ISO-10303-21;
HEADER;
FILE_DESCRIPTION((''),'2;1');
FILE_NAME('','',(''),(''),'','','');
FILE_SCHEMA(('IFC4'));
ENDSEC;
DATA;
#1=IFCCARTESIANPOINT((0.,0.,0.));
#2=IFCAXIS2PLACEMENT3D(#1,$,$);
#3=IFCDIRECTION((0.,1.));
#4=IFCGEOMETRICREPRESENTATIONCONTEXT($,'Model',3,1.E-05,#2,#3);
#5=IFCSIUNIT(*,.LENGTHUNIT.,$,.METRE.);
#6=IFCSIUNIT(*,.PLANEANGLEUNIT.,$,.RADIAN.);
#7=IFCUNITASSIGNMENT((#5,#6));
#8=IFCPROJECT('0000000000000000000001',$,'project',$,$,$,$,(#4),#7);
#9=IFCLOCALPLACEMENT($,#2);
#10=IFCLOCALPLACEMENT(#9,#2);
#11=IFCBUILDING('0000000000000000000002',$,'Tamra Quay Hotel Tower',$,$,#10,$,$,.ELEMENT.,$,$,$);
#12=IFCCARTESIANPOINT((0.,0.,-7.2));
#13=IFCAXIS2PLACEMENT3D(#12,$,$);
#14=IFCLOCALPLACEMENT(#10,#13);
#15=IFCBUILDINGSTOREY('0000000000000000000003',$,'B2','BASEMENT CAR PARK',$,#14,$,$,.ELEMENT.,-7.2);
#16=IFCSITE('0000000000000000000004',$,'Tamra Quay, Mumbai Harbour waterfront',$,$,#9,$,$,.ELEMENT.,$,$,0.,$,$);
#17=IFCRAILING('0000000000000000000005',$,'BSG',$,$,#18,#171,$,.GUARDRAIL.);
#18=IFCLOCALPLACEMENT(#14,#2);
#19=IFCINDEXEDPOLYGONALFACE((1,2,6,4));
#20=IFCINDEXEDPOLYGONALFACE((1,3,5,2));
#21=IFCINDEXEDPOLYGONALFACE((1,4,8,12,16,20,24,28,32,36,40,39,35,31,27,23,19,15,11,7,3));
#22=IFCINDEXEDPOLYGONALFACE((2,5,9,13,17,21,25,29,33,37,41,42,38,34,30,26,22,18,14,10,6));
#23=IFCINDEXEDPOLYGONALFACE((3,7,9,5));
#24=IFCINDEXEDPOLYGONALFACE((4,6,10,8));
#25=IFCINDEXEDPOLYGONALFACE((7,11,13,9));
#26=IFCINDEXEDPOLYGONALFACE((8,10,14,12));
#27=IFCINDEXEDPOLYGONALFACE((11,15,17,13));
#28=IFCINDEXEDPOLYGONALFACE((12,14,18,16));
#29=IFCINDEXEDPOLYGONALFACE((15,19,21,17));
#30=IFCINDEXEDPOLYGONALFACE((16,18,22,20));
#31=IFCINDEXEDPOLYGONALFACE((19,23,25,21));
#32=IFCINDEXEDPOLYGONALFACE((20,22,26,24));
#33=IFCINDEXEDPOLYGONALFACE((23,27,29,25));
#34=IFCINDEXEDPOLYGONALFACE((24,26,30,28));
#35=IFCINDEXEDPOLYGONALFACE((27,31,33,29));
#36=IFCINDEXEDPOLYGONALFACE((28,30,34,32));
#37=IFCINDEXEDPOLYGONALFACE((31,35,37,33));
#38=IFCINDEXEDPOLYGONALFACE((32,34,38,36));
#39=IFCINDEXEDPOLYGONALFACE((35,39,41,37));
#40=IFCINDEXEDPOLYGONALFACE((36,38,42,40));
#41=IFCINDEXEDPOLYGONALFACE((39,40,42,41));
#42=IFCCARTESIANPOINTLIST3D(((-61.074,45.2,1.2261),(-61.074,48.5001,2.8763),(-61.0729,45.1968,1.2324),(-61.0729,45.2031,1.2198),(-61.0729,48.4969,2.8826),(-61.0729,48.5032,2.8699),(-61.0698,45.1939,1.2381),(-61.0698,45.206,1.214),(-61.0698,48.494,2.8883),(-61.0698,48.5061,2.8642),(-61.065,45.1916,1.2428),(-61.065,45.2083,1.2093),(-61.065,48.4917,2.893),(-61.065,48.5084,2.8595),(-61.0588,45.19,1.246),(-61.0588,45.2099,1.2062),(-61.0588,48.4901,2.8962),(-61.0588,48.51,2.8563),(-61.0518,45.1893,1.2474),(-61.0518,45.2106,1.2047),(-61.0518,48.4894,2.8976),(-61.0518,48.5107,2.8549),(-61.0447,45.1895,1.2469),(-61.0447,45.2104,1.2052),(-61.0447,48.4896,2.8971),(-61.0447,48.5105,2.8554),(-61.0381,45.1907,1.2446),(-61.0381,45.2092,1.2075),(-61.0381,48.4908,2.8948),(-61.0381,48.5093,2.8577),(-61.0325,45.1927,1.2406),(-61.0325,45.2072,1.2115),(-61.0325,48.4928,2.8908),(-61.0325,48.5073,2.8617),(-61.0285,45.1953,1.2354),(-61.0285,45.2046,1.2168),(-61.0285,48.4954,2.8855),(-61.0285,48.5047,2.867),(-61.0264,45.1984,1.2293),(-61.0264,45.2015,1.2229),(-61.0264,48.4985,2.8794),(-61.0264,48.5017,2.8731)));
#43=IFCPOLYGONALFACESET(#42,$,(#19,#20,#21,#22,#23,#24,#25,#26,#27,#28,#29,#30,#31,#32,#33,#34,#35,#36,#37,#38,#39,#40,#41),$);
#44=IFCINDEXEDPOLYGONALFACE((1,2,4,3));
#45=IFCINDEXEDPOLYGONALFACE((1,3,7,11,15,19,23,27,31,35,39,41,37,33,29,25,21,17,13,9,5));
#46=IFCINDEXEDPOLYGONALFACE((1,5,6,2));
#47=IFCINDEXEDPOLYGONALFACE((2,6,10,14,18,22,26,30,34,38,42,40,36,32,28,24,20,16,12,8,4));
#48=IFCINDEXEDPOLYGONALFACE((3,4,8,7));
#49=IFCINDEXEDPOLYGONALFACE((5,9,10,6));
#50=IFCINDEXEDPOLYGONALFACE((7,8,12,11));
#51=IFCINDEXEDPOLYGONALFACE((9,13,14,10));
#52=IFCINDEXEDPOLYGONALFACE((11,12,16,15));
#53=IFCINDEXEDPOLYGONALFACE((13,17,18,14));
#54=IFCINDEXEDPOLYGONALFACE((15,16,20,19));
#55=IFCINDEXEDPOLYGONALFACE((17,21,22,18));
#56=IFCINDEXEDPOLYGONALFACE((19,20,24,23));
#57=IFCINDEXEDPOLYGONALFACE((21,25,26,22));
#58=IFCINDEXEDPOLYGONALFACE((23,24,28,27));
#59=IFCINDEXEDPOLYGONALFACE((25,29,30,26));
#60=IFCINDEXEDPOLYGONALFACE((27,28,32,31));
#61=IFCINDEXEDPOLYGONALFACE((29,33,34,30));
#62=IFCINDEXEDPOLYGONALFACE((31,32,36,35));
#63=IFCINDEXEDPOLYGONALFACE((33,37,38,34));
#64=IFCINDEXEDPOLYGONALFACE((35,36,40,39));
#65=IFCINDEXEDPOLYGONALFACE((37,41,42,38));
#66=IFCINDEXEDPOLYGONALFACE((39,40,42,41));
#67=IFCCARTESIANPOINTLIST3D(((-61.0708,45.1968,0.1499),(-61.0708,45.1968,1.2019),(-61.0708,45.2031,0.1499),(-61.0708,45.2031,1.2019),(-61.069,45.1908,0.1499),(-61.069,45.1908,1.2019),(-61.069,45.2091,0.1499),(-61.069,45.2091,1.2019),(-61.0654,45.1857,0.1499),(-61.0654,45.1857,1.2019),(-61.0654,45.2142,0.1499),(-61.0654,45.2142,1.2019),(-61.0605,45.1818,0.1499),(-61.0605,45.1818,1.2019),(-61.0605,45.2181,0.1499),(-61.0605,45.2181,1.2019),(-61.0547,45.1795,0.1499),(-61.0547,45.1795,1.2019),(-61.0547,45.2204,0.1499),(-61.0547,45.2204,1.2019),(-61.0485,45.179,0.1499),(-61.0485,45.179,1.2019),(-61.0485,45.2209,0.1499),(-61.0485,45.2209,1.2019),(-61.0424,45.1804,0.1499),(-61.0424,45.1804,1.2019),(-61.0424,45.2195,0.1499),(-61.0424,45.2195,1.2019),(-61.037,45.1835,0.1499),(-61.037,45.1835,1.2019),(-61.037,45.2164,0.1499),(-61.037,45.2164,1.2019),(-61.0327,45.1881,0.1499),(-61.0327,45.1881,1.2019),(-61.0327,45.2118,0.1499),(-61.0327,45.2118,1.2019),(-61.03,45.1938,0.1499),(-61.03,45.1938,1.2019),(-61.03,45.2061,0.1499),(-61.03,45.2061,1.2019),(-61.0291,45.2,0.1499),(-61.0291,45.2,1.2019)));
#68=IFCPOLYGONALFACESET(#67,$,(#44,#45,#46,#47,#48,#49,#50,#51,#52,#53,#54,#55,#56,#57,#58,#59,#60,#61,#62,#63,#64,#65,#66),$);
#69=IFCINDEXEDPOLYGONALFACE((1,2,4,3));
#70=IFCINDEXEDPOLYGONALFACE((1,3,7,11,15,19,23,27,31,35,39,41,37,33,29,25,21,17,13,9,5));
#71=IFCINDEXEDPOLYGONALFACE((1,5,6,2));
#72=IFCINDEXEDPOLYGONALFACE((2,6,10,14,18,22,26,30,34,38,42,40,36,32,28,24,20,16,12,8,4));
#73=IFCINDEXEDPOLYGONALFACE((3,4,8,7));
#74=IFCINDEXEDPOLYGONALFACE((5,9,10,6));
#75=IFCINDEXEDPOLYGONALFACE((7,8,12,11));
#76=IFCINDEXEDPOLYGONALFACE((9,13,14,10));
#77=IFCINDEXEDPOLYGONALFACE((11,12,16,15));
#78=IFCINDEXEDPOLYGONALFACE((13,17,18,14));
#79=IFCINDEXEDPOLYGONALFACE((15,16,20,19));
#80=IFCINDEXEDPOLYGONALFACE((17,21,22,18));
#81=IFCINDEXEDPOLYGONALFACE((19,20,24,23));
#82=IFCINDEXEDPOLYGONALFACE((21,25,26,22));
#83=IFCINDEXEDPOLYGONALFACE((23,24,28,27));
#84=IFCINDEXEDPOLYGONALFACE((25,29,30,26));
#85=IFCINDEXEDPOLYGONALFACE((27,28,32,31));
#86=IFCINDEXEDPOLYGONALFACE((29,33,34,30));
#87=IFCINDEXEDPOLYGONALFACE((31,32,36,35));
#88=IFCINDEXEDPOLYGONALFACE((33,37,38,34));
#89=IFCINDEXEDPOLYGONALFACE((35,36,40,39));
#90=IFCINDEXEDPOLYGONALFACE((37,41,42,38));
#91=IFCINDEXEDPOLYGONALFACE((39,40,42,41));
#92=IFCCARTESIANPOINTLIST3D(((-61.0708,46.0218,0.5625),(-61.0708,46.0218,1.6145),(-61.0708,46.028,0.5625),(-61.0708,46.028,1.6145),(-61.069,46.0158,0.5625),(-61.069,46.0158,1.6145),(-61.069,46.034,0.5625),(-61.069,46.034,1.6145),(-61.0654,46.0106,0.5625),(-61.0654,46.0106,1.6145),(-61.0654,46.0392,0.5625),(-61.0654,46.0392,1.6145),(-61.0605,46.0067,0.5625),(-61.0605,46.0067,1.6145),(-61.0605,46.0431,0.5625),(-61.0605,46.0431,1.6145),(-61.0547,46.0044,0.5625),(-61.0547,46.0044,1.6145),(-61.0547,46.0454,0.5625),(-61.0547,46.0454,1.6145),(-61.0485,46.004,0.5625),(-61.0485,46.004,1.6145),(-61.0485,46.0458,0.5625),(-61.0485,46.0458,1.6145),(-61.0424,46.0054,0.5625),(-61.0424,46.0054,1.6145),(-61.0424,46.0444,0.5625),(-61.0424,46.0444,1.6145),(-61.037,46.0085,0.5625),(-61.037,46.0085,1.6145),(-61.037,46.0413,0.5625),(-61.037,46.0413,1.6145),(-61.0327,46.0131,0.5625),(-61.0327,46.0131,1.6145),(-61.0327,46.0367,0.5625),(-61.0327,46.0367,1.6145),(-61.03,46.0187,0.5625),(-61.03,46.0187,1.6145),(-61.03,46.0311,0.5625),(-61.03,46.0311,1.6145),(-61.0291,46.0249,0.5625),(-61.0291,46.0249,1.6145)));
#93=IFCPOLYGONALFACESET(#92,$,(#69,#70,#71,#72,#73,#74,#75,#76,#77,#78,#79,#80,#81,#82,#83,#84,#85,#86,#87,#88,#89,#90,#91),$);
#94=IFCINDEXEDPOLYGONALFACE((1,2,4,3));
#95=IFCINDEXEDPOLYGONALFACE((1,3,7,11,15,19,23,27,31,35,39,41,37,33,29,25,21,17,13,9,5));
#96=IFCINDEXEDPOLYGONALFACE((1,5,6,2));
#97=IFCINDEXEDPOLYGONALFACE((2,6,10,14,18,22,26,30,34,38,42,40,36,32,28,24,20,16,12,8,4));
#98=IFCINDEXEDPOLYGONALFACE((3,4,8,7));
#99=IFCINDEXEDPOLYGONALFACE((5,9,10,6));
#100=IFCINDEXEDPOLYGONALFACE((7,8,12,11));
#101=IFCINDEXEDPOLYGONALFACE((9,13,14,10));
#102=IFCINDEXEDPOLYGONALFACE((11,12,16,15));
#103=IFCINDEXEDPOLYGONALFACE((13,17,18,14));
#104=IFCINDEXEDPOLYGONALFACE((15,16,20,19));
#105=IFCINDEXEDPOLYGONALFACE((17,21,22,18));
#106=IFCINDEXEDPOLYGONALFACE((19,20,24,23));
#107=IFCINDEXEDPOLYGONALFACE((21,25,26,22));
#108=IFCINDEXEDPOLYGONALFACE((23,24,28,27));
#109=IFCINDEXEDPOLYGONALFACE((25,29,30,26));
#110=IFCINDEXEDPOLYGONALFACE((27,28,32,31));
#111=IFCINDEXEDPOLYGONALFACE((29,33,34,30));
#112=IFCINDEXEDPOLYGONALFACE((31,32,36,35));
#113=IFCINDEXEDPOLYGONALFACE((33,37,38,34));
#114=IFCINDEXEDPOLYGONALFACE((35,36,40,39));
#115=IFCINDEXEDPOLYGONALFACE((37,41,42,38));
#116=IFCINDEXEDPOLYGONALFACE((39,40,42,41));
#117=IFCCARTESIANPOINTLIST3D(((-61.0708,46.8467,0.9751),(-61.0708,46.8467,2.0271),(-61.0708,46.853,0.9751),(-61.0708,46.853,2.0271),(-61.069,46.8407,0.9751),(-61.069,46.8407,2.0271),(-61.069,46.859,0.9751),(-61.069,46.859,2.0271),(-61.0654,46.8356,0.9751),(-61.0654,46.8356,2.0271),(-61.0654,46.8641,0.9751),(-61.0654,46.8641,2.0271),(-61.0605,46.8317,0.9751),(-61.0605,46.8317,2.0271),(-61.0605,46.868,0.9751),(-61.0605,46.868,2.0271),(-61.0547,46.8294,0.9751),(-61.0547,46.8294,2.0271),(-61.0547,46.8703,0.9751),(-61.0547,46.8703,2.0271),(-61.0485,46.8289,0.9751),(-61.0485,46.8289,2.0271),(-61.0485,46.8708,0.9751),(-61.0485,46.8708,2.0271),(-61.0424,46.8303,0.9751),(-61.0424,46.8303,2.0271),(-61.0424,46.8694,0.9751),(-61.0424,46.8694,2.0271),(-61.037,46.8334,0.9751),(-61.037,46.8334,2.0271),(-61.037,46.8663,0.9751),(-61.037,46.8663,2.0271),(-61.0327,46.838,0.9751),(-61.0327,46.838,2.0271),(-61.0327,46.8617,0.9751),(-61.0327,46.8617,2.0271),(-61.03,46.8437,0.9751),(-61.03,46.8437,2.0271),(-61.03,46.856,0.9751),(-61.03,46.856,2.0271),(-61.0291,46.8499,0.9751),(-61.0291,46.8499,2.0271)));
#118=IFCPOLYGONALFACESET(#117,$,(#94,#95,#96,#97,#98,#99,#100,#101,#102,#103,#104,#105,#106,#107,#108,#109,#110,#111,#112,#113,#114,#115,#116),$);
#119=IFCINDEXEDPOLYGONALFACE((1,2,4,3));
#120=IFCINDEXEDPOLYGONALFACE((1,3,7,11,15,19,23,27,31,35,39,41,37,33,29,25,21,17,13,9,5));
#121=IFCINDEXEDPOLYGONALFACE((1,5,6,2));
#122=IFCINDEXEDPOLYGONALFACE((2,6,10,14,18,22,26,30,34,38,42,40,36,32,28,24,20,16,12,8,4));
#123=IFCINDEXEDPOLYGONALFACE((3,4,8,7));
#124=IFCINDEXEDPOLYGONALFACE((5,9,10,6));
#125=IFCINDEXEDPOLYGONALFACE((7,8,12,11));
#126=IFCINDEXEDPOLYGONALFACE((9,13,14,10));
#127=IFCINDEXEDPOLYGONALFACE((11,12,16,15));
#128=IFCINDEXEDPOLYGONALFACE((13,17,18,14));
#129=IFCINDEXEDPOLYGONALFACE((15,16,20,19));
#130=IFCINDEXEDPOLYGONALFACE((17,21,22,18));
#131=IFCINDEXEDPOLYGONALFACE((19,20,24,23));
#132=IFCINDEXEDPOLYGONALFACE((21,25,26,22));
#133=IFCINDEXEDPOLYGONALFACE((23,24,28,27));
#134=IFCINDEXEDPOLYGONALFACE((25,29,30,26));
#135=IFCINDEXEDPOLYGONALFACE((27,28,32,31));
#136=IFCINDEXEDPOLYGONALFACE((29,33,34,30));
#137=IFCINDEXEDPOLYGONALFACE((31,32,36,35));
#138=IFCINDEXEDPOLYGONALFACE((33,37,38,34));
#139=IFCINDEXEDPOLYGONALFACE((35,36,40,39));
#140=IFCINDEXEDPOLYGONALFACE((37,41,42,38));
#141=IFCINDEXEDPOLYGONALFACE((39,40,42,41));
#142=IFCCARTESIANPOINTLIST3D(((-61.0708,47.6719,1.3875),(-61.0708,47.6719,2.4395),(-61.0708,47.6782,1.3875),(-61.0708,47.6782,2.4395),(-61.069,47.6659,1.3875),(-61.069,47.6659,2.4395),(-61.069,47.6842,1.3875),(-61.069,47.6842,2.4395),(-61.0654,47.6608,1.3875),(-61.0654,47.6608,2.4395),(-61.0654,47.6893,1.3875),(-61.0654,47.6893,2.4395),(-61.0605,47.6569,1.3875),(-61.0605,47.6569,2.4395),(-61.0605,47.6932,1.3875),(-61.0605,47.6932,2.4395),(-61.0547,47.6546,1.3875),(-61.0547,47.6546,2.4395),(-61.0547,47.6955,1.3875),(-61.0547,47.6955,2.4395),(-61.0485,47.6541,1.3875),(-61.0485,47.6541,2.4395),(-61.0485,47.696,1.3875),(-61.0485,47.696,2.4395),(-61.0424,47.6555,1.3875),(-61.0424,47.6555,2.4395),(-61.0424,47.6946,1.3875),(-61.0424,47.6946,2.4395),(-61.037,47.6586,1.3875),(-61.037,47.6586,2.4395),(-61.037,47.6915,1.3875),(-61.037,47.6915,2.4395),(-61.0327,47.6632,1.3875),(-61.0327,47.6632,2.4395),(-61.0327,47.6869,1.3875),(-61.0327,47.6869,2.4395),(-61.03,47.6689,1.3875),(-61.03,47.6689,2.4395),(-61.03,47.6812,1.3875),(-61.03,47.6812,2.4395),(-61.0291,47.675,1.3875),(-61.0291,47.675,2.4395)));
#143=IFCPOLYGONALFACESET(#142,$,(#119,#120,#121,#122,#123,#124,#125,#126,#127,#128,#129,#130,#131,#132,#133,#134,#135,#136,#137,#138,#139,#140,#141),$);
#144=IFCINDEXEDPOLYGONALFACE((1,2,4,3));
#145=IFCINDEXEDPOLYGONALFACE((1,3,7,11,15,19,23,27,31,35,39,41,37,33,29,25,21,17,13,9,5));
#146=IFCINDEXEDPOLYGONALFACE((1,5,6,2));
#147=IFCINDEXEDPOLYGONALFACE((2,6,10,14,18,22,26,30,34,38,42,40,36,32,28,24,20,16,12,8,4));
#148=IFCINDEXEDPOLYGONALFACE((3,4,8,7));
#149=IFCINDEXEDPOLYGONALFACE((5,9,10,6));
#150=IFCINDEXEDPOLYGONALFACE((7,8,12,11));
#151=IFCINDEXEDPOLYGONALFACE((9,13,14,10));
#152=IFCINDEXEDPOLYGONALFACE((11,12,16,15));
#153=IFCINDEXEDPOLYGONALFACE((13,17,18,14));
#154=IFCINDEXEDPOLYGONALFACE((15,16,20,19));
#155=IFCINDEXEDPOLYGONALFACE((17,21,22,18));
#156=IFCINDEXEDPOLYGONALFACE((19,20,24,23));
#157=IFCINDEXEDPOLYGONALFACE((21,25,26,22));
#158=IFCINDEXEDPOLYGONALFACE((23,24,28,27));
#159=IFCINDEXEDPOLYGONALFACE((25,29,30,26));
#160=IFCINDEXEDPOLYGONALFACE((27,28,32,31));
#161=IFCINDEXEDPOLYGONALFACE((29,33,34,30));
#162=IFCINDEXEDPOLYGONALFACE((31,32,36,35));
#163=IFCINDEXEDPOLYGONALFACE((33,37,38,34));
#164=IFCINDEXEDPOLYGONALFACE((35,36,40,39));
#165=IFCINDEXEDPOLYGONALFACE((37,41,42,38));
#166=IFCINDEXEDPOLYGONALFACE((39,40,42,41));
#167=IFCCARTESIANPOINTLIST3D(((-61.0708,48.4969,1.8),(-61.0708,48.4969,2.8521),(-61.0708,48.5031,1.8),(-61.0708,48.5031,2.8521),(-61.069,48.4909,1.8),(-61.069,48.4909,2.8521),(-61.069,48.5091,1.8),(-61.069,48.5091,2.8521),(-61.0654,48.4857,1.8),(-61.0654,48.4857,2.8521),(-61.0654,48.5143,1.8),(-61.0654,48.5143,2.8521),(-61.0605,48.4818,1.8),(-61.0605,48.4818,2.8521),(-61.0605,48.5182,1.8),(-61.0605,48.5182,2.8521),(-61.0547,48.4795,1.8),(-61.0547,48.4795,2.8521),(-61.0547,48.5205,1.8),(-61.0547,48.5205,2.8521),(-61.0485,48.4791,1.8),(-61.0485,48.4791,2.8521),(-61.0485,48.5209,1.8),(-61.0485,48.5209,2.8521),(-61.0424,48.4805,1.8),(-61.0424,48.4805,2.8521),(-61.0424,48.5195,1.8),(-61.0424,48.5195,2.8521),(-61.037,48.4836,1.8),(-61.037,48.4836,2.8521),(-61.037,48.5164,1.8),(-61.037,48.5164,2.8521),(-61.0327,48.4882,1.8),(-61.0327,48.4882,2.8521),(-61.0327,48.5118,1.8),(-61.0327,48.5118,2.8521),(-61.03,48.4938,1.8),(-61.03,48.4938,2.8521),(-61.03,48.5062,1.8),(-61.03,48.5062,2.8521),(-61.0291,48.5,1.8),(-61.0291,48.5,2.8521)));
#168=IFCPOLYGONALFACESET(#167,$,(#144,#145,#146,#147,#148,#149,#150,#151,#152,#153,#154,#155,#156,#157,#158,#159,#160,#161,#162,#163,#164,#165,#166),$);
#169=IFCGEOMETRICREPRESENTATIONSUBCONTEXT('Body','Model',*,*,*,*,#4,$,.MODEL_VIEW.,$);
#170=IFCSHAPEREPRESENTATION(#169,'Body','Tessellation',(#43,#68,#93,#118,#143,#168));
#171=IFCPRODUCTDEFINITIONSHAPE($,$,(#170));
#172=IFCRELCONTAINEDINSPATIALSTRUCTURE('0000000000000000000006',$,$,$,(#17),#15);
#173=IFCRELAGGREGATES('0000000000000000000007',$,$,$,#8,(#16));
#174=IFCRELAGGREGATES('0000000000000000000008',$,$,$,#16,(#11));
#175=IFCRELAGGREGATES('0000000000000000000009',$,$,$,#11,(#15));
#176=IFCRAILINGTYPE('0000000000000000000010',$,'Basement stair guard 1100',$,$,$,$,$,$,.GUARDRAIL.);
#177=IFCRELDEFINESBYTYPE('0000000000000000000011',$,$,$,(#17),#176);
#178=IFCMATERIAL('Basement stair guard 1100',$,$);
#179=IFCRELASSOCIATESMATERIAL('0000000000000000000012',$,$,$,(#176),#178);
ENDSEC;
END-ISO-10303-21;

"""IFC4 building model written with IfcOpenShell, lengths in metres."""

from ifc_helpers import new_model, si_unit, direction, frame, origin, origin_2d, place, context, subcontext, project, spatial, circle, extrude, material, type_object, element, save


model = new_model("IFC4")

# Units and contexts
model_context = context("Model", 3, precision=1e-05, world=origin(), true_north=direction((0.0, 1.0)))
body_context = subcontext(model_context, "Body", "Model", "MODEL_VIEW")
ifc_project = project(units=[si_unit("LENGTHUNIT", "METRE"), si_unit("PLANEANGLEUNIT", "RADIAN")], contexts=[model_context])

# Site, building, storey
site_placement = place(None, origin())
site = spatial("IfcSite", under=ifc_project, at=site_placement, Name="Tamra Quay, Mumbai Harbour waterfront", CompositionType="ELEMENT", RefElevation=0.0)
building_placement = place(site_placement, origin())
building = spatial("IfcBuilding", under=site, at=building_placement, Name="Tamra Quay Hotel Tower", CompositionType="ELEMENT")
storey_placement = place(building_placement, frame((0.0, 0.0, -7.2)))
storey = spatial("IfcBuildingStorey", under=building, at=storey_placement, Name="B2", Description="BASEMENT CAR PARK", CompositionType="ELEMENT", Elevation=-7.2)

# Railing
ifc_material_1 = material(Name="Basement stair guard 1100")
railing_type_1 = type_object("IfcRailingType", Name="Basement stair guard 1100", PredefinedType="GUARDRAIL", material=ifc_material_1)
railing_1_placement = place(storey_placement, frame((-61.05, 45.2, 0.1499)))
element("IfcRailing", 1, at=railing_1_placement, inside=storey, type_object=railing_type_1, Name="BSG", PredefinedType="GUARDRAIL", context=body_context, shape_type="SweptSolid", body=[
    extrude(circle(Radius=0.0239, at=origin_2d()), frame((0.0, 0.0, 1.0762), z_axis=(0.0, 0.894414, 0.44724), x_axis=(-1.0, 0.0, 0.0)), (0.0, 0.0, 1.0), 3.6897),
    extrude(circle(Radius=0.021, at=origin_2d()), origin(), (0.0, 0.0, 1.0), 1.052),
    extrude(circle(Radius=0.021, at=origin_2d()), frame((0.0, 0.825, 0.4126)), (0.0, 0.0, 1.0), 1.052),
    extrude(circle(Radius=0.021, at=origin_2d()), frame((0.0, 1.6499, 0.8252)), (0.0, 0.0, 1.0), 1.052),
    extrude(circle(Radius=0.021, at=origin_2d()), frame((0.0, 2.4751, 1.2375)), (0.0, 0.0, 1.0), 1.052),
    extrude(circle(Radius=0.021, at=origin_2d()), frame((0.0, 3.3, 1.6501)), (0.0, 0.0, 1.0), 1.052),
])

save(model, "model.ifc")
